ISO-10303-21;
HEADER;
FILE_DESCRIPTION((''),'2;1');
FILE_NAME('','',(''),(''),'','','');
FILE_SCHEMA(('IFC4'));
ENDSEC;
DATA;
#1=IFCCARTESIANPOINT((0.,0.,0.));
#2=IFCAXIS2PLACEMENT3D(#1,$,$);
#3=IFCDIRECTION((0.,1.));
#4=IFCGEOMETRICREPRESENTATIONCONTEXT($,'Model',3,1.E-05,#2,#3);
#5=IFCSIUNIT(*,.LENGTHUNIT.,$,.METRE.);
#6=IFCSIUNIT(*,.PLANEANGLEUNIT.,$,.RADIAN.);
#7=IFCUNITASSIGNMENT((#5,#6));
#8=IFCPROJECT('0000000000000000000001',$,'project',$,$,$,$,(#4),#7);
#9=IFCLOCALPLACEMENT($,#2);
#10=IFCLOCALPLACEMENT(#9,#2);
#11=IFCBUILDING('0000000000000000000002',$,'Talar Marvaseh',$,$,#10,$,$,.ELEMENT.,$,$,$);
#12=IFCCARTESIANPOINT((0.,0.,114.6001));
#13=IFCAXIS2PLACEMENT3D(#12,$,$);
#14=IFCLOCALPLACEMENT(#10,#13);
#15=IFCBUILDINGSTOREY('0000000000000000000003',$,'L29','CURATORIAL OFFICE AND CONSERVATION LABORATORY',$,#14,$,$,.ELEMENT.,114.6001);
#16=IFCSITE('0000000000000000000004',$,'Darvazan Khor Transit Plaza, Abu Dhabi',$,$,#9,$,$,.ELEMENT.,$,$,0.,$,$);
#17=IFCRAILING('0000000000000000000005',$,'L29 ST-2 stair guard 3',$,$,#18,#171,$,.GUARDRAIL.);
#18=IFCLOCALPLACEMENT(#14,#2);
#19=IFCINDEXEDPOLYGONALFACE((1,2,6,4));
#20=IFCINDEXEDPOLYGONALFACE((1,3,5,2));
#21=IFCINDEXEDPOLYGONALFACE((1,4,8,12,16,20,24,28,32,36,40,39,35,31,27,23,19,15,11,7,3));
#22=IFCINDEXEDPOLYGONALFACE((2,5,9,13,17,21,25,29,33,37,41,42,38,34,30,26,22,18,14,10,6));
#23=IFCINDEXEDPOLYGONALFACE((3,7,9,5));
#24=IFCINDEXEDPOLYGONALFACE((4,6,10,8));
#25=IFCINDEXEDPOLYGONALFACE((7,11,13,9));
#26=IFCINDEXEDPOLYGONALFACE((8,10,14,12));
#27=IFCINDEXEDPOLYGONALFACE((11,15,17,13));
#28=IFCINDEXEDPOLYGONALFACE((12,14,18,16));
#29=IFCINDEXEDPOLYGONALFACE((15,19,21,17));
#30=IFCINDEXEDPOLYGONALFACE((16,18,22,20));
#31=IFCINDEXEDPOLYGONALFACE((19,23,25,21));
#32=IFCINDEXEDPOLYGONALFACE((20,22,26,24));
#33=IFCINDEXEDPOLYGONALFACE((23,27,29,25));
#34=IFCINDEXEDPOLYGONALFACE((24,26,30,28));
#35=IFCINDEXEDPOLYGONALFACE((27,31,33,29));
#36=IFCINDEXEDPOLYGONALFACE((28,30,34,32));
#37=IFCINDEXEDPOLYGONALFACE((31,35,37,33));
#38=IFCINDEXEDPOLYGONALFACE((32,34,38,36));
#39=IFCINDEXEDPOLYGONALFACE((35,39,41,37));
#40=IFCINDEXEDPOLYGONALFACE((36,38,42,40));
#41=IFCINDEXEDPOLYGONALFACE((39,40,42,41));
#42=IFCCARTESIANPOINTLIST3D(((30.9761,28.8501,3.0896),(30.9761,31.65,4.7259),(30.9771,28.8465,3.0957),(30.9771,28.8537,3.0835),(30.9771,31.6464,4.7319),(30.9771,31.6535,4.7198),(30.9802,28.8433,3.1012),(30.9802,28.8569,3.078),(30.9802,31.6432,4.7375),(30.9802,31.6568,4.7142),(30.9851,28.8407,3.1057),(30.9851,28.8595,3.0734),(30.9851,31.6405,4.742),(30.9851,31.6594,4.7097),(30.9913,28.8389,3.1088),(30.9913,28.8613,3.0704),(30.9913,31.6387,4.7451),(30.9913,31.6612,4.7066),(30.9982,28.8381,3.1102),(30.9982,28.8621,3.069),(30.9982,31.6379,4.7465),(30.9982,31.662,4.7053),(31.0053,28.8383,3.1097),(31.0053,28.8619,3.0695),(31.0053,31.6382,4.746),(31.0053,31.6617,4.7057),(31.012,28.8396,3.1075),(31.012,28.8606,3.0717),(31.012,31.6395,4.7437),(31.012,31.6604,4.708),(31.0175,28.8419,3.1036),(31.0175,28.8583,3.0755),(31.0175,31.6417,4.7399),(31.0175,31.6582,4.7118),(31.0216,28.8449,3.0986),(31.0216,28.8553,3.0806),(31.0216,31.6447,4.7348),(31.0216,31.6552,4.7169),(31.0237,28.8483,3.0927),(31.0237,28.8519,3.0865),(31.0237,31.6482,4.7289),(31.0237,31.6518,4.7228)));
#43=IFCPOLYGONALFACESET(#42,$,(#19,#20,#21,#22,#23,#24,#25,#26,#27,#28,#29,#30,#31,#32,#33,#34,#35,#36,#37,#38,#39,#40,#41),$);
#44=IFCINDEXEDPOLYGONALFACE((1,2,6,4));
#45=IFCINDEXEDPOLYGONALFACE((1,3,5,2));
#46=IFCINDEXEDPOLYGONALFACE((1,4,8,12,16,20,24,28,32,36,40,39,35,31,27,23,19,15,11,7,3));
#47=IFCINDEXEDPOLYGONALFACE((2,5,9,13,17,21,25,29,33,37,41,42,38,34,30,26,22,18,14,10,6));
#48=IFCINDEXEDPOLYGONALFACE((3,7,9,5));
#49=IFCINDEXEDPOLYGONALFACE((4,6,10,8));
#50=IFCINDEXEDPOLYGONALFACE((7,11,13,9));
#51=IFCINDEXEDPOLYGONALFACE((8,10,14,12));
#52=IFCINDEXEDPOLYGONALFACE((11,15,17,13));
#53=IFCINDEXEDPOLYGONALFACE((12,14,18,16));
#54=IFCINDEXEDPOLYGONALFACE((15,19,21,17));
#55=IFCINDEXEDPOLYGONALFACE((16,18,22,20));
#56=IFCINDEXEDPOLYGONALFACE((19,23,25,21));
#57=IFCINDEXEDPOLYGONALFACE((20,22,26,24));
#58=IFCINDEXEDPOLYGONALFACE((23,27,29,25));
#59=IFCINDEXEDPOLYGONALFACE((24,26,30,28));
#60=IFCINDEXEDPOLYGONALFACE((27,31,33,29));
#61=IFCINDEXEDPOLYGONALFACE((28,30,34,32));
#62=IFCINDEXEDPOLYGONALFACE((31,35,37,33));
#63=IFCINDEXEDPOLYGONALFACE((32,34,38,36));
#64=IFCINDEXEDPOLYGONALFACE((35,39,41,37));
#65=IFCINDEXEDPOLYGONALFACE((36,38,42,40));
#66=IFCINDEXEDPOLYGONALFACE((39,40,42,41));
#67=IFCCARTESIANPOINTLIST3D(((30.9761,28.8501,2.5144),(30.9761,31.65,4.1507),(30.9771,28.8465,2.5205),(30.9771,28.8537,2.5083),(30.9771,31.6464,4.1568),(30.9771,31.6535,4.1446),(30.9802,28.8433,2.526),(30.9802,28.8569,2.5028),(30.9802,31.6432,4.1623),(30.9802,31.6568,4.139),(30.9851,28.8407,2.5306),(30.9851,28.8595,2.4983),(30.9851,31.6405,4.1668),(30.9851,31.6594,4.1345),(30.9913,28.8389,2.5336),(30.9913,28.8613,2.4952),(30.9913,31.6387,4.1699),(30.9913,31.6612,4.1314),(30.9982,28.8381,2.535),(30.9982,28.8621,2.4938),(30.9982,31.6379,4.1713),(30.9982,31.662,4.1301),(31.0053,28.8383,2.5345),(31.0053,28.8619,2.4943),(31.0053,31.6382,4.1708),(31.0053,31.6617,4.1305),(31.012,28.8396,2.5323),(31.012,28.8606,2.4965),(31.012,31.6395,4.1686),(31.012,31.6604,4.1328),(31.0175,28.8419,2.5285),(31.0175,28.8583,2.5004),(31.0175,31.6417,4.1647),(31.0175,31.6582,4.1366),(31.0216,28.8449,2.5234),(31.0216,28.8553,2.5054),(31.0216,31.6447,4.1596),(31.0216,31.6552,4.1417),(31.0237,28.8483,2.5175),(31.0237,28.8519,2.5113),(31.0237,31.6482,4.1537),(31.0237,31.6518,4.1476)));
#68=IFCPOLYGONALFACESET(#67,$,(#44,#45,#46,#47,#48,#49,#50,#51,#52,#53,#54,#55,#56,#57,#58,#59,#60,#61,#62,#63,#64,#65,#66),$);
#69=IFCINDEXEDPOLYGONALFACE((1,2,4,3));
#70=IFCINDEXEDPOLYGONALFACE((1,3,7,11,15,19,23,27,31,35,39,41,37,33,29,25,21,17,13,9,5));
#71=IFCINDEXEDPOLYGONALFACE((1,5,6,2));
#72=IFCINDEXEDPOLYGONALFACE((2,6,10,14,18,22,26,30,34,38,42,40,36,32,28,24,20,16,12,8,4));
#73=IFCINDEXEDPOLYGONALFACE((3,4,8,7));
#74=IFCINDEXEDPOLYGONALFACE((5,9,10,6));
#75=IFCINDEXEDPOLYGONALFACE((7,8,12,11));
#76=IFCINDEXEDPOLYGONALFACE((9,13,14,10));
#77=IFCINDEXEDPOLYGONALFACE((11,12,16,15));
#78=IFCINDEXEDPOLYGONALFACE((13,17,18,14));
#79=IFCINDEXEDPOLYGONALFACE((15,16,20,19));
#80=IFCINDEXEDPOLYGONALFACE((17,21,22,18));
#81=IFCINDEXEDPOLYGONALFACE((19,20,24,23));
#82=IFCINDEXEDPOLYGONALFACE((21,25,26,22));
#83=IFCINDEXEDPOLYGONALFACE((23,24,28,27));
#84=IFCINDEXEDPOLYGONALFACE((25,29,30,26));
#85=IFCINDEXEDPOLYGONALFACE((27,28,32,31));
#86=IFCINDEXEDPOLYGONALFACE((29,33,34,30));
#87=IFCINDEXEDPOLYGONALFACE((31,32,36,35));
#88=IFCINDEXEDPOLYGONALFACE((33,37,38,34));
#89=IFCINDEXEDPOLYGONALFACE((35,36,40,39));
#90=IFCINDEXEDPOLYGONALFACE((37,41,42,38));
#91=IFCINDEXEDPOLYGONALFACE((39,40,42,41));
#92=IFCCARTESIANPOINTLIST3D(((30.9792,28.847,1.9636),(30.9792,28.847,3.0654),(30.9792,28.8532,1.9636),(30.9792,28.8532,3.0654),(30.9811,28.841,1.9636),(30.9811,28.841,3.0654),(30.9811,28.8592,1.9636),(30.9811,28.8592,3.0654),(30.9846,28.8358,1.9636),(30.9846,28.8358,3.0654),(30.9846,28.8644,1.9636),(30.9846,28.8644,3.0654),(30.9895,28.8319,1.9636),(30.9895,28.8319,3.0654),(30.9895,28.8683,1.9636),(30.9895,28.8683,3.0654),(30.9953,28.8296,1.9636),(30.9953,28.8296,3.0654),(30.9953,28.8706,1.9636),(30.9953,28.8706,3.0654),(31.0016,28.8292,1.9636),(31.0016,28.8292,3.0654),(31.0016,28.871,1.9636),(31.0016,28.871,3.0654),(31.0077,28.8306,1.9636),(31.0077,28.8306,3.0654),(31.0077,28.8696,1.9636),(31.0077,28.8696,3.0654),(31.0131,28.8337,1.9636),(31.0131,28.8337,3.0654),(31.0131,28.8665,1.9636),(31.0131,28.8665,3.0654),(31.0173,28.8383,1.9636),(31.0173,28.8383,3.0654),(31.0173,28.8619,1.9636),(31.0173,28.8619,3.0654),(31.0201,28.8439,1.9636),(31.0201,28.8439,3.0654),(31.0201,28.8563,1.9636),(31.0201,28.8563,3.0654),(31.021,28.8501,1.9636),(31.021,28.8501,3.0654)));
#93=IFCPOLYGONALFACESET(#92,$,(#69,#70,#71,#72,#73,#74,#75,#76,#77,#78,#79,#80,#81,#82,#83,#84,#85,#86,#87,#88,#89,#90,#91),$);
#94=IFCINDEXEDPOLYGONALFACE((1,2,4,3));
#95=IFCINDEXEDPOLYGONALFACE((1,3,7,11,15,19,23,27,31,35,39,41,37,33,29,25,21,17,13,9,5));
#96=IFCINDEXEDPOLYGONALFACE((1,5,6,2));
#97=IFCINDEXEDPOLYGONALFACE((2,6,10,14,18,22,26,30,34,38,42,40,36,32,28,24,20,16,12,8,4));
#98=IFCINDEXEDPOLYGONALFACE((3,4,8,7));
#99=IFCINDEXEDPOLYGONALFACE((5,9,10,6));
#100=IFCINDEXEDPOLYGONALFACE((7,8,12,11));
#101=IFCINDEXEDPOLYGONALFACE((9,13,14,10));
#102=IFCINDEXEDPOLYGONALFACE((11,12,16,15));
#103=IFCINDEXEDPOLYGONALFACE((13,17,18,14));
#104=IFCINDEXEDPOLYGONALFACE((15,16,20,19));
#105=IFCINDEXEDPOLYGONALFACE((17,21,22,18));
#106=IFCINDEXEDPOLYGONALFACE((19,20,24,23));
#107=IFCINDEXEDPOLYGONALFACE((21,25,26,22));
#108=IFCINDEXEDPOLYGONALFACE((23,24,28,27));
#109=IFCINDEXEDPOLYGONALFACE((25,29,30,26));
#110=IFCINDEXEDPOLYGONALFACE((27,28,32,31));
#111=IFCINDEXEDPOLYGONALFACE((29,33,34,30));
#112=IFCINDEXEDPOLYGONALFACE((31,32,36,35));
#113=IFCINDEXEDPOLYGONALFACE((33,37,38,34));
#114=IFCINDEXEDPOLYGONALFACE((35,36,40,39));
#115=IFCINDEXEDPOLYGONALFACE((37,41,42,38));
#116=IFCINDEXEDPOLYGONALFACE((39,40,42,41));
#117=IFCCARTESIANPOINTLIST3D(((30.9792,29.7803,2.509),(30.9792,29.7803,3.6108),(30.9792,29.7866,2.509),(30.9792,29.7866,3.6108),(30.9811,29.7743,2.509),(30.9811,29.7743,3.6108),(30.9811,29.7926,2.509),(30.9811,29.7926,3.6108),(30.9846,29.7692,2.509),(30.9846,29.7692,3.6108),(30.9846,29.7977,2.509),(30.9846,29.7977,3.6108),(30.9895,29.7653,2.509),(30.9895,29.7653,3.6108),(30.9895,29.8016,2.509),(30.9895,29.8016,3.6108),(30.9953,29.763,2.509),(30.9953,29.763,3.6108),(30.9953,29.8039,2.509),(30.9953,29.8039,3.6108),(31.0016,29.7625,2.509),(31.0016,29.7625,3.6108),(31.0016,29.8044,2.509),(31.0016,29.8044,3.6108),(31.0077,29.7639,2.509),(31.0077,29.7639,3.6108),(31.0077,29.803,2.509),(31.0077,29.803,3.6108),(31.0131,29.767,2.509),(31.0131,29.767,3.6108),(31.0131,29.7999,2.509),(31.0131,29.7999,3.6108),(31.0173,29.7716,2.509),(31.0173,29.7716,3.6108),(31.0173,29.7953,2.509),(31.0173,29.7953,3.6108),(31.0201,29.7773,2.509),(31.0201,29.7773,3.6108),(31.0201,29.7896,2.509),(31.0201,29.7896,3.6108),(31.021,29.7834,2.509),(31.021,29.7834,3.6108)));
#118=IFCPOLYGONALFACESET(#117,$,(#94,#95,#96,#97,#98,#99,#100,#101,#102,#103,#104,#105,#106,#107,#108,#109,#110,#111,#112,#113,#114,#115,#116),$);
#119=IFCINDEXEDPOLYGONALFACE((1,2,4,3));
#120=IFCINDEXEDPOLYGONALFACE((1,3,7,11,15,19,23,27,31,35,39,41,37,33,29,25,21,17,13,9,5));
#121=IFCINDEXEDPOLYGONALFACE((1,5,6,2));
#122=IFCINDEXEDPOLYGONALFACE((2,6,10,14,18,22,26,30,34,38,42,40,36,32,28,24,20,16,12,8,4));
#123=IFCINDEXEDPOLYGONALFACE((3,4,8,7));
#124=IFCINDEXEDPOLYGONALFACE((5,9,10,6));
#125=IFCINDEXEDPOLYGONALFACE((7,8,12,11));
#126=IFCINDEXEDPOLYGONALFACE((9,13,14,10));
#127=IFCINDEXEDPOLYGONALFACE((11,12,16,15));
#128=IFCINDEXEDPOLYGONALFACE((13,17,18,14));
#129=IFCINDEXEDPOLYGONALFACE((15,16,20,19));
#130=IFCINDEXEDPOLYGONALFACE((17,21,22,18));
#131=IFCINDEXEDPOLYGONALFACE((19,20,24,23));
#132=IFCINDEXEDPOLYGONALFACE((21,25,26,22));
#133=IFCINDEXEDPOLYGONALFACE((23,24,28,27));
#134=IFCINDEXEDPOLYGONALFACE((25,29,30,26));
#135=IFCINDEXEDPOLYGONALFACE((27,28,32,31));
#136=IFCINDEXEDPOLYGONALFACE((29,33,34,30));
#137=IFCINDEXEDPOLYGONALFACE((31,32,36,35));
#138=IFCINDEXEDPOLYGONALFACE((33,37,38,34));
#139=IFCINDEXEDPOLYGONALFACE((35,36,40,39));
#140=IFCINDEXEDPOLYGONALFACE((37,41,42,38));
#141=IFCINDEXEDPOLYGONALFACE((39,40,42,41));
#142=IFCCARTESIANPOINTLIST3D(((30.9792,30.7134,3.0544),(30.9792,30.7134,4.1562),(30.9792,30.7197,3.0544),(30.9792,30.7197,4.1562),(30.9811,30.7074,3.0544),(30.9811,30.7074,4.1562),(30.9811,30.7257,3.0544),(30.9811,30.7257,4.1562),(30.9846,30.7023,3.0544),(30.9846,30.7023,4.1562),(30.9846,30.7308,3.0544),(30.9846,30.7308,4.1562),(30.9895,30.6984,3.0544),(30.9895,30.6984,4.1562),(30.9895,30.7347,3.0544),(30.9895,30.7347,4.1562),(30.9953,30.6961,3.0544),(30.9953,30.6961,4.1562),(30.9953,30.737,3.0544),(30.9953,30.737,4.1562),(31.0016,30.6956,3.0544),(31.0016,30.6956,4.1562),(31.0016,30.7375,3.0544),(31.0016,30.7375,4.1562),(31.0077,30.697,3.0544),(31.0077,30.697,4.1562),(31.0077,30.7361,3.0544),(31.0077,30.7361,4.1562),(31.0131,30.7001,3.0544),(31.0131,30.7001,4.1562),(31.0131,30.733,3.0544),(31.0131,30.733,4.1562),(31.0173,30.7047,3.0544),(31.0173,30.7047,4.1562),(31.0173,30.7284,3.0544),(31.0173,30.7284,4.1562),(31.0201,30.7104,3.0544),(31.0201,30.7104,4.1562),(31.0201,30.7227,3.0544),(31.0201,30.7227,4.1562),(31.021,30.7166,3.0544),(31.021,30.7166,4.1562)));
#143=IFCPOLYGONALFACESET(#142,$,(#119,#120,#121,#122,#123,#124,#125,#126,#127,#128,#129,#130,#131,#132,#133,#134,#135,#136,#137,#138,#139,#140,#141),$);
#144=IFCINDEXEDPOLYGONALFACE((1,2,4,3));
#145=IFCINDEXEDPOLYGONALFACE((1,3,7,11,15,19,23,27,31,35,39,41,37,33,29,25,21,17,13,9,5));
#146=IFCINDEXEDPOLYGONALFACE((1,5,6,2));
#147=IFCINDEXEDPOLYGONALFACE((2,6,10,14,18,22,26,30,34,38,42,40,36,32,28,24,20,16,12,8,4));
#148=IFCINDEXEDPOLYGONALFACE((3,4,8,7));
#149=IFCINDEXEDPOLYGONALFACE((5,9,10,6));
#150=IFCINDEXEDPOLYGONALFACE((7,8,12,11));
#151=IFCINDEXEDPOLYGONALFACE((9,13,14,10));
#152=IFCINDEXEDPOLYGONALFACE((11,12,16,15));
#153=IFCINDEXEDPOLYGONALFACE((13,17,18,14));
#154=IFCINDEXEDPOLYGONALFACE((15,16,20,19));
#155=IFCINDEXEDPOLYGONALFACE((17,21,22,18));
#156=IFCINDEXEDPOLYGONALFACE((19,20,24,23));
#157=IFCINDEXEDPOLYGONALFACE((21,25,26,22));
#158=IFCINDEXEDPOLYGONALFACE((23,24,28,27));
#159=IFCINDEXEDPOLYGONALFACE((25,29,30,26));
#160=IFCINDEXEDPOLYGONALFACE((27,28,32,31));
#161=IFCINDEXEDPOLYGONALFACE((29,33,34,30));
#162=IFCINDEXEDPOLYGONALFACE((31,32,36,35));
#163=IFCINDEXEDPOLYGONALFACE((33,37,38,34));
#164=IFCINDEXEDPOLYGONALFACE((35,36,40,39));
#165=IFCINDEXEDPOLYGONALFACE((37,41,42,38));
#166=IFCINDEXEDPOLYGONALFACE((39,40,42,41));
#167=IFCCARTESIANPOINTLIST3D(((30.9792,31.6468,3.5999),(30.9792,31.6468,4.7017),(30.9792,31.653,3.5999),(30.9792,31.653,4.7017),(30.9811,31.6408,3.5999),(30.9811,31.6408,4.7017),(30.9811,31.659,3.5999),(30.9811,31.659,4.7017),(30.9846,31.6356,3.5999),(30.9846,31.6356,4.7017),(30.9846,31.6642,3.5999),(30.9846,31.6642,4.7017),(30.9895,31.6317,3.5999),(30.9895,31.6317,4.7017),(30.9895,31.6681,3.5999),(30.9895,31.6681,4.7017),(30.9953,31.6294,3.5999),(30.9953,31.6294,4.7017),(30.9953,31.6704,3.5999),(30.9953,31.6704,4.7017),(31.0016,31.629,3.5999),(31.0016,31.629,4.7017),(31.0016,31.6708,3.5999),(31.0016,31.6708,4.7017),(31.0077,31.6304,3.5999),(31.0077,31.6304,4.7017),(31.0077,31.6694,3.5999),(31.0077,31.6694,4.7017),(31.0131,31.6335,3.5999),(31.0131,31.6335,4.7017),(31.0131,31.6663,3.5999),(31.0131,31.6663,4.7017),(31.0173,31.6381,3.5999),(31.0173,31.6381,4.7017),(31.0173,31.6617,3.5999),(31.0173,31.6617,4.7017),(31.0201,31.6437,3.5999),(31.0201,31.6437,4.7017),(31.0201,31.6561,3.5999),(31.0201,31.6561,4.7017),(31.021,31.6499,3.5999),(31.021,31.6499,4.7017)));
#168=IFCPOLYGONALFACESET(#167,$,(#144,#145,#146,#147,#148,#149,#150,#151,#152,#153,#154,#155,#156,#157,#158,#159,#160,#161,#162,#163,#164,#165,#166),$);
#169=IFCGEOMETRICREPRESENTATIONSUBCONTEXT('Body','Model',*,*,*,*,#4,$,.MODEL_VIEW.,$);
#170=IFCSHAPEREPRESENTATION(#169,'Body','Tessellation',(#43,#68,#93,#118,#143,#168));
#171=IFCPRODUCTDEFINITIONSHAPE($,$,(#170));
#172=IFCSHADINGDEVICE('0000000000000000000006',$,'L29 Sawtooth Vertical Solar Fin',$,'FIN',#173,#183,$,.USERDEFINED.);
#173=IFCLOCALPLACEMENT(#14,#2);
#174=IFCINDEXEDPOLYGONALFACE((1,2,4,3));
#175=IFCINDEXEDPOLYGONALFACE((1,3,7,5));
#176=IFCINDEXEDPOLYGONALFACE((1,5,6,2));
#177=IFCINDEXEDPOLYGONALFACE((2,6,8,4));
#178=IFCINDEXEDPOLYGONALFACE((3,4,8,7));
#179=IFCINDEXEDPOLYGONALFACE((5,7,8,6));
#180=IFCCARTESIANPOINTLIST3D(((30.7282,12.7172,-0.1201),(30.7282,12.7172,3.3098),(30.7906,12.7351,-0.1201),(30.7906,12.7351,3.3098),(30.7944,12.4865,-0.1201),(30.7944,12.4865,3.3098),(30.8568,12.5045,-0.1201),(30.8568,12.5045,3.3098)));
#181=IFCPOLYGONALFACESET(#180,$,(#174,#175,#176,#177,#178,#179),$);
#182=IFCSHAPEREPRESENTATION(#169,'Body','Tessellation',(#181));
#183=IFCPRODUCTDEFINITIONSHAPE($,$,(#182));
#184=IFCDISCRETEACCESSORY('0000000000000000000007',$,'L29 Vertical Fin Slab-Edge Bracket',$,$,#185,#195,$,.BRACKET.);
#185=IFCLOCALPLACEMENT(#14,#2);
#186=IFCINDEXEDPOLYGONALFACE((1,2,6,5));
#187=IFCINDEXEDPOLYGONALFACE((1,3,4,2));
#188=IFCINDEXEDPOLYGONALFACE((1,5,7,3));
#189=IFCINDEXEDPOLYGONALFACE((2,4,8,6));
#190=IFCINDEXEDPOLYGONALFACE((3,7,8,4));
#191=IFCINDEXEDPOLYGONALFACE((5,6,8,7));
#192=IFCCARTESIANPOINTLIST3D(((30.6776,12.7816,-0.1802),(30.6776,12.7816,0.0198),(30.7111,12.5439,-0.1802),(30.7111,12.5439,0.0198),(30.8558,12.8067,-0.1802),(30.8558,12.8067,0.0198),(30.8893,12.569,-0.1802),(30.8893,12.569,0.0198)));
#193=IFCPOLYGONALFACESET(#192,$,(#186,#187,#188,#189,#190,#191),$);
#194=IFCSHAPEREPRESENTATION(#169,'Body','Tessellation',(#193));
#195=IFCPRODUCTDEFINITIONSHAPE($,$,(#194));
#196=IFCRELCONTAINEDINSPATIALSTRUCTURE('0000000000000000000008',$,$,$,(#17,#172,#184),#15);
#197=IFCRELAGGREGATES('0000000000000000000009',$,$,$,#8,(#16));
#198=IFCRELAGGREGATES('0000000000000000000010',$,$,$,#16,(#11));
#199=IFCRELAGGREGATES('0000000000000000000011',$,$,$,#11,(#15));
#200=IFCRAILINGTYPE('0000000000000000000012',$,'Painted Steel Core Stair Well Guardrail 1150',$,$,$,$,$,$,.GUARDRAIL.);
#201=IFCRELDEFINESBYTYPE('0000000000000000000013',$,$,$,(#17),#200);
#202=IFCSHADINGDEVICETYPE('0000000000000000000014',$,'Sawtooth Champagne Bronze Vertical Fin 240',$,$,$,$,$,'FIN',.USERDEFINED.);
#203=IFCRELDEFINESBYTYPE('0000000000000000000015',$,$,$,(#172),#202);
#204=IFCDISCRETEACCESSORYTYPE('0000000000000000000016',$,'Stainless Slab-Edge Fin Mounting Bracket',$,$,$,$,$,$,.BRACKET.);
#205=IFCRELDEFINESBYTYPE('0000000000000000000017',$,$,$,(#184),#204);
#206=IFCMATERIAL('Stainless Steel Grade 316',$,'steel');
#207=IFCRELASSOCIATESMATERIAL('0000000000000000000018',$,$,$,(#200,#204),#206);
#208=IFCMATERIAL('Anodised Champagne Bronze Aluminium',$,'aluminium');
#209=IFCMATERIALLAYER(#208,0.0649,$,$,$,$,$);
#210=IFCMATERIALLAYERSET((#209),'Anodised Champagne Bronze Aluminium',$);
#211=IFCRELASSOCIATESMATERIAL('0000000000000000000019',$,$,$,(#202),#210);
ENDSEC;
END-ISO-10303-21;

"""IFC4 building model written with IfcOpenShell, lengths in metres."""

from ifc_helpers import new_model, si_unit, direction, frame, origin, origin_2d, place, context, subcontext, project, spatial, rectangle, circle, extrude, source, transform, mapped, material, layer, layer_set, type_object, type_shapes, element, save


model = new_model("IFC4")

# Units and contexts
model_context = context("Model", 3, precision=1e-05, world=origin(), true_north=direction((0.0, 1.0)))
body_context = subcontext(model_context, "Body", "Model", "MODEL_VIEW")
ifc_project = project(units=[si_unit("LENGTHUNIT", "METRE"), si_unit("PLANEANGLEUNIT", "RADIAN")], contexts=[model_context])

# Site, building, storey
site_placement = place(None, origin())
site = spatial("IfcSite", under=ifc_project, at=site_placement, Name="Darvazan Khor Transit Plaza, Abu Dhabi", CompositionType="ELEMENT", RefElevation=0.0)
building_placement = place(site_placement, origin())
building = spatial("IfcBuilding", under=site, at=building_placement, Name="Talar Marvaseh", CompositionType="ELEMENT")
storey_placement = place(building_placement, frame((0.0, 0.0, 114.6001)))
storey = spatial("IfcBuildingStorey", under=building, at=storey_placement, Name="L29", Description="CURATORIAL OFFICE AND CONSERVATION LABORATORY", CompositionType="ELEMENT", Elevation=114.6001)

# Railing
ifc_material_1 = material(Name="Stainless Steel Grade 316", Category="steel")
railing_type_1 = type_object("IfcRailingType", Name="Painted Steel Core Stair Well Guardrail 1150", PredefinedType="GUARDRAIL", material=ifc_material_1)
railing_1_placement = place(storey_placement, frame((31.0, 28.8501, 1.9636)))
element("IfcRailing", 1, at=railing_1_placement, inside=storey, type_object=railing_type_1, Name="L29 ST-2 stair guard 3", PredefinedType="GUARDRAIL", context=body_context, shape_type="SweptSolid", body=[
    extrude(circle(Radius=0.0239, at=origin_2d()), frame((0.0, 0.0, 1.126), z_axis=(0.0, 0.863374, 0.504564), x_axis=(-1.0, 0.0, 0.0)), (0.0, 0.0, 1.0), 3.2429),
    extrude(circle(Radius=0.0239, at=origin_2d()), frame((0.0, 0.0, 0.5508), z_axis=(0.0, 0.863374, 0.504564), x_axis=(-1.0, 0.0, 0.0)), (0.0, 0.0, 1.0), 3.2429),
    extrude(circle(Radius=0.021, at=origin_2d()), origin(), (0.0, 0.0, 1.0), 1.1018),
    extrude(circle(Radius=0.021, at=origin_2d()), frame((0.0, 0.9333, 0.5454)), (0.0, 0.0, 1.0), 1.1018),
    extrude(circle(Radius=0.021, at=origin_2d()), frame((0.0, 1.8665, 1.0908)), (0.0, 0.0, 1.0), 1.1018),
    extrude(circle(Radius=0.021, at=origin_2d()), frame((0.0, 2.7998, 1.6362)), (0.0, 0.0, 1.0), 1.1018),
])

# Shading device
ifc_material_2 = material(Name="Anodised Champagne Bronze Aluminium", Category="aluminium")
ifc_layer_1 = layer(ifc_material_2, 0.0649)
ifc_layer_set_1 = layer_set([ifc_layer_1], Name="Anodised Champagne Bronze Aluminium")
shading_device_type = type_object("IfcShadingDeviceType", Name="Sawtooth Champagne Bronze Vertical Fin 240", ElementType="FIN", PredefinedType="USERDEFINED", material=ifc_layer_set_1)
shared_shape_1 = source(origin(), body_context, "Body", "SweptSolid", [
    extrude(rectangle(XDim=0.24, YDim=0.0649, at=origin_2d()), origin(), (0.0, 0.0, 1.0), 3.4299),
])
type_shapes(shading_device_type, [shared_shape_1])
shading_device_placement = place(storey_placement, frame((30.7925, 12.6108, -0.1201), z_axis=(0.0, 0.0, 1.0), x_axis=(0.275805, -0.961214, 0.0)))
element("IfcShadingDevice", 2, at=shading_device_placement, inside=storey, type_object=shading_device_type, Name="L29 Sawtooth Vertical Solar Fin", ObjectType="FIN", PredefinedType="USERDEFINED", context=body_context, shape_type="MappedRepresentation", body=[
    mapped(shared_shape_1, transform((0.0, 0.0, 0.0), x_axis=(1.0, 0.0, 0.0), y_axis=(0.0, 1.0, 0.0), z_axis=(0.0, 0.0, 1.0), scale=1.0)),
])

# Discrete accessory
discrete_accessory_type = type_object("IfcDiscreteAccessoryType", Name="Stainless Slab-Edge Fin Mounting Bracket", PredefinedType="BRACKET", material=ifc_material_1)
shared_shape_2 = source(origin(), body_context, "Body", "SweptSolid", [
    extrude(rectangle(XDim=0.24, YDim=0.1799, at=origin_2d()), origin(), (0.0, 0.0, 1.0), 0.2),
])
type_shapes(discrete_accessory_type, [shared_shape_2])
discrete_accessory_placement = place(storey_placement, frame((30.7834, 12.6753, -0.1802), z_axis=(0.0, 0.0, 1.0), x_axis=(0.139346, -0.990244, 0.0)))
element("IfcDiscreteAccessory", 3, at=discrete_accessory_placement, inside=storey, type_object=discrete_accessory_type, Name="L29 Vertical Fin Slab-Edge Bracket", PredefinedType="BRACKET", context=body_context, shape_type="MappedRepresentation", body=[
    mapped(shared_shape_2, transform((0.0, 0.0, 0.0), x_axis=(1.0, 0.0, 0.0), y_axis=(0.0, 1.0, 0.0), z_axis=(0.0, 0.0, 1.0), scale=1.0)),
])

save(model, "model.ifc")
